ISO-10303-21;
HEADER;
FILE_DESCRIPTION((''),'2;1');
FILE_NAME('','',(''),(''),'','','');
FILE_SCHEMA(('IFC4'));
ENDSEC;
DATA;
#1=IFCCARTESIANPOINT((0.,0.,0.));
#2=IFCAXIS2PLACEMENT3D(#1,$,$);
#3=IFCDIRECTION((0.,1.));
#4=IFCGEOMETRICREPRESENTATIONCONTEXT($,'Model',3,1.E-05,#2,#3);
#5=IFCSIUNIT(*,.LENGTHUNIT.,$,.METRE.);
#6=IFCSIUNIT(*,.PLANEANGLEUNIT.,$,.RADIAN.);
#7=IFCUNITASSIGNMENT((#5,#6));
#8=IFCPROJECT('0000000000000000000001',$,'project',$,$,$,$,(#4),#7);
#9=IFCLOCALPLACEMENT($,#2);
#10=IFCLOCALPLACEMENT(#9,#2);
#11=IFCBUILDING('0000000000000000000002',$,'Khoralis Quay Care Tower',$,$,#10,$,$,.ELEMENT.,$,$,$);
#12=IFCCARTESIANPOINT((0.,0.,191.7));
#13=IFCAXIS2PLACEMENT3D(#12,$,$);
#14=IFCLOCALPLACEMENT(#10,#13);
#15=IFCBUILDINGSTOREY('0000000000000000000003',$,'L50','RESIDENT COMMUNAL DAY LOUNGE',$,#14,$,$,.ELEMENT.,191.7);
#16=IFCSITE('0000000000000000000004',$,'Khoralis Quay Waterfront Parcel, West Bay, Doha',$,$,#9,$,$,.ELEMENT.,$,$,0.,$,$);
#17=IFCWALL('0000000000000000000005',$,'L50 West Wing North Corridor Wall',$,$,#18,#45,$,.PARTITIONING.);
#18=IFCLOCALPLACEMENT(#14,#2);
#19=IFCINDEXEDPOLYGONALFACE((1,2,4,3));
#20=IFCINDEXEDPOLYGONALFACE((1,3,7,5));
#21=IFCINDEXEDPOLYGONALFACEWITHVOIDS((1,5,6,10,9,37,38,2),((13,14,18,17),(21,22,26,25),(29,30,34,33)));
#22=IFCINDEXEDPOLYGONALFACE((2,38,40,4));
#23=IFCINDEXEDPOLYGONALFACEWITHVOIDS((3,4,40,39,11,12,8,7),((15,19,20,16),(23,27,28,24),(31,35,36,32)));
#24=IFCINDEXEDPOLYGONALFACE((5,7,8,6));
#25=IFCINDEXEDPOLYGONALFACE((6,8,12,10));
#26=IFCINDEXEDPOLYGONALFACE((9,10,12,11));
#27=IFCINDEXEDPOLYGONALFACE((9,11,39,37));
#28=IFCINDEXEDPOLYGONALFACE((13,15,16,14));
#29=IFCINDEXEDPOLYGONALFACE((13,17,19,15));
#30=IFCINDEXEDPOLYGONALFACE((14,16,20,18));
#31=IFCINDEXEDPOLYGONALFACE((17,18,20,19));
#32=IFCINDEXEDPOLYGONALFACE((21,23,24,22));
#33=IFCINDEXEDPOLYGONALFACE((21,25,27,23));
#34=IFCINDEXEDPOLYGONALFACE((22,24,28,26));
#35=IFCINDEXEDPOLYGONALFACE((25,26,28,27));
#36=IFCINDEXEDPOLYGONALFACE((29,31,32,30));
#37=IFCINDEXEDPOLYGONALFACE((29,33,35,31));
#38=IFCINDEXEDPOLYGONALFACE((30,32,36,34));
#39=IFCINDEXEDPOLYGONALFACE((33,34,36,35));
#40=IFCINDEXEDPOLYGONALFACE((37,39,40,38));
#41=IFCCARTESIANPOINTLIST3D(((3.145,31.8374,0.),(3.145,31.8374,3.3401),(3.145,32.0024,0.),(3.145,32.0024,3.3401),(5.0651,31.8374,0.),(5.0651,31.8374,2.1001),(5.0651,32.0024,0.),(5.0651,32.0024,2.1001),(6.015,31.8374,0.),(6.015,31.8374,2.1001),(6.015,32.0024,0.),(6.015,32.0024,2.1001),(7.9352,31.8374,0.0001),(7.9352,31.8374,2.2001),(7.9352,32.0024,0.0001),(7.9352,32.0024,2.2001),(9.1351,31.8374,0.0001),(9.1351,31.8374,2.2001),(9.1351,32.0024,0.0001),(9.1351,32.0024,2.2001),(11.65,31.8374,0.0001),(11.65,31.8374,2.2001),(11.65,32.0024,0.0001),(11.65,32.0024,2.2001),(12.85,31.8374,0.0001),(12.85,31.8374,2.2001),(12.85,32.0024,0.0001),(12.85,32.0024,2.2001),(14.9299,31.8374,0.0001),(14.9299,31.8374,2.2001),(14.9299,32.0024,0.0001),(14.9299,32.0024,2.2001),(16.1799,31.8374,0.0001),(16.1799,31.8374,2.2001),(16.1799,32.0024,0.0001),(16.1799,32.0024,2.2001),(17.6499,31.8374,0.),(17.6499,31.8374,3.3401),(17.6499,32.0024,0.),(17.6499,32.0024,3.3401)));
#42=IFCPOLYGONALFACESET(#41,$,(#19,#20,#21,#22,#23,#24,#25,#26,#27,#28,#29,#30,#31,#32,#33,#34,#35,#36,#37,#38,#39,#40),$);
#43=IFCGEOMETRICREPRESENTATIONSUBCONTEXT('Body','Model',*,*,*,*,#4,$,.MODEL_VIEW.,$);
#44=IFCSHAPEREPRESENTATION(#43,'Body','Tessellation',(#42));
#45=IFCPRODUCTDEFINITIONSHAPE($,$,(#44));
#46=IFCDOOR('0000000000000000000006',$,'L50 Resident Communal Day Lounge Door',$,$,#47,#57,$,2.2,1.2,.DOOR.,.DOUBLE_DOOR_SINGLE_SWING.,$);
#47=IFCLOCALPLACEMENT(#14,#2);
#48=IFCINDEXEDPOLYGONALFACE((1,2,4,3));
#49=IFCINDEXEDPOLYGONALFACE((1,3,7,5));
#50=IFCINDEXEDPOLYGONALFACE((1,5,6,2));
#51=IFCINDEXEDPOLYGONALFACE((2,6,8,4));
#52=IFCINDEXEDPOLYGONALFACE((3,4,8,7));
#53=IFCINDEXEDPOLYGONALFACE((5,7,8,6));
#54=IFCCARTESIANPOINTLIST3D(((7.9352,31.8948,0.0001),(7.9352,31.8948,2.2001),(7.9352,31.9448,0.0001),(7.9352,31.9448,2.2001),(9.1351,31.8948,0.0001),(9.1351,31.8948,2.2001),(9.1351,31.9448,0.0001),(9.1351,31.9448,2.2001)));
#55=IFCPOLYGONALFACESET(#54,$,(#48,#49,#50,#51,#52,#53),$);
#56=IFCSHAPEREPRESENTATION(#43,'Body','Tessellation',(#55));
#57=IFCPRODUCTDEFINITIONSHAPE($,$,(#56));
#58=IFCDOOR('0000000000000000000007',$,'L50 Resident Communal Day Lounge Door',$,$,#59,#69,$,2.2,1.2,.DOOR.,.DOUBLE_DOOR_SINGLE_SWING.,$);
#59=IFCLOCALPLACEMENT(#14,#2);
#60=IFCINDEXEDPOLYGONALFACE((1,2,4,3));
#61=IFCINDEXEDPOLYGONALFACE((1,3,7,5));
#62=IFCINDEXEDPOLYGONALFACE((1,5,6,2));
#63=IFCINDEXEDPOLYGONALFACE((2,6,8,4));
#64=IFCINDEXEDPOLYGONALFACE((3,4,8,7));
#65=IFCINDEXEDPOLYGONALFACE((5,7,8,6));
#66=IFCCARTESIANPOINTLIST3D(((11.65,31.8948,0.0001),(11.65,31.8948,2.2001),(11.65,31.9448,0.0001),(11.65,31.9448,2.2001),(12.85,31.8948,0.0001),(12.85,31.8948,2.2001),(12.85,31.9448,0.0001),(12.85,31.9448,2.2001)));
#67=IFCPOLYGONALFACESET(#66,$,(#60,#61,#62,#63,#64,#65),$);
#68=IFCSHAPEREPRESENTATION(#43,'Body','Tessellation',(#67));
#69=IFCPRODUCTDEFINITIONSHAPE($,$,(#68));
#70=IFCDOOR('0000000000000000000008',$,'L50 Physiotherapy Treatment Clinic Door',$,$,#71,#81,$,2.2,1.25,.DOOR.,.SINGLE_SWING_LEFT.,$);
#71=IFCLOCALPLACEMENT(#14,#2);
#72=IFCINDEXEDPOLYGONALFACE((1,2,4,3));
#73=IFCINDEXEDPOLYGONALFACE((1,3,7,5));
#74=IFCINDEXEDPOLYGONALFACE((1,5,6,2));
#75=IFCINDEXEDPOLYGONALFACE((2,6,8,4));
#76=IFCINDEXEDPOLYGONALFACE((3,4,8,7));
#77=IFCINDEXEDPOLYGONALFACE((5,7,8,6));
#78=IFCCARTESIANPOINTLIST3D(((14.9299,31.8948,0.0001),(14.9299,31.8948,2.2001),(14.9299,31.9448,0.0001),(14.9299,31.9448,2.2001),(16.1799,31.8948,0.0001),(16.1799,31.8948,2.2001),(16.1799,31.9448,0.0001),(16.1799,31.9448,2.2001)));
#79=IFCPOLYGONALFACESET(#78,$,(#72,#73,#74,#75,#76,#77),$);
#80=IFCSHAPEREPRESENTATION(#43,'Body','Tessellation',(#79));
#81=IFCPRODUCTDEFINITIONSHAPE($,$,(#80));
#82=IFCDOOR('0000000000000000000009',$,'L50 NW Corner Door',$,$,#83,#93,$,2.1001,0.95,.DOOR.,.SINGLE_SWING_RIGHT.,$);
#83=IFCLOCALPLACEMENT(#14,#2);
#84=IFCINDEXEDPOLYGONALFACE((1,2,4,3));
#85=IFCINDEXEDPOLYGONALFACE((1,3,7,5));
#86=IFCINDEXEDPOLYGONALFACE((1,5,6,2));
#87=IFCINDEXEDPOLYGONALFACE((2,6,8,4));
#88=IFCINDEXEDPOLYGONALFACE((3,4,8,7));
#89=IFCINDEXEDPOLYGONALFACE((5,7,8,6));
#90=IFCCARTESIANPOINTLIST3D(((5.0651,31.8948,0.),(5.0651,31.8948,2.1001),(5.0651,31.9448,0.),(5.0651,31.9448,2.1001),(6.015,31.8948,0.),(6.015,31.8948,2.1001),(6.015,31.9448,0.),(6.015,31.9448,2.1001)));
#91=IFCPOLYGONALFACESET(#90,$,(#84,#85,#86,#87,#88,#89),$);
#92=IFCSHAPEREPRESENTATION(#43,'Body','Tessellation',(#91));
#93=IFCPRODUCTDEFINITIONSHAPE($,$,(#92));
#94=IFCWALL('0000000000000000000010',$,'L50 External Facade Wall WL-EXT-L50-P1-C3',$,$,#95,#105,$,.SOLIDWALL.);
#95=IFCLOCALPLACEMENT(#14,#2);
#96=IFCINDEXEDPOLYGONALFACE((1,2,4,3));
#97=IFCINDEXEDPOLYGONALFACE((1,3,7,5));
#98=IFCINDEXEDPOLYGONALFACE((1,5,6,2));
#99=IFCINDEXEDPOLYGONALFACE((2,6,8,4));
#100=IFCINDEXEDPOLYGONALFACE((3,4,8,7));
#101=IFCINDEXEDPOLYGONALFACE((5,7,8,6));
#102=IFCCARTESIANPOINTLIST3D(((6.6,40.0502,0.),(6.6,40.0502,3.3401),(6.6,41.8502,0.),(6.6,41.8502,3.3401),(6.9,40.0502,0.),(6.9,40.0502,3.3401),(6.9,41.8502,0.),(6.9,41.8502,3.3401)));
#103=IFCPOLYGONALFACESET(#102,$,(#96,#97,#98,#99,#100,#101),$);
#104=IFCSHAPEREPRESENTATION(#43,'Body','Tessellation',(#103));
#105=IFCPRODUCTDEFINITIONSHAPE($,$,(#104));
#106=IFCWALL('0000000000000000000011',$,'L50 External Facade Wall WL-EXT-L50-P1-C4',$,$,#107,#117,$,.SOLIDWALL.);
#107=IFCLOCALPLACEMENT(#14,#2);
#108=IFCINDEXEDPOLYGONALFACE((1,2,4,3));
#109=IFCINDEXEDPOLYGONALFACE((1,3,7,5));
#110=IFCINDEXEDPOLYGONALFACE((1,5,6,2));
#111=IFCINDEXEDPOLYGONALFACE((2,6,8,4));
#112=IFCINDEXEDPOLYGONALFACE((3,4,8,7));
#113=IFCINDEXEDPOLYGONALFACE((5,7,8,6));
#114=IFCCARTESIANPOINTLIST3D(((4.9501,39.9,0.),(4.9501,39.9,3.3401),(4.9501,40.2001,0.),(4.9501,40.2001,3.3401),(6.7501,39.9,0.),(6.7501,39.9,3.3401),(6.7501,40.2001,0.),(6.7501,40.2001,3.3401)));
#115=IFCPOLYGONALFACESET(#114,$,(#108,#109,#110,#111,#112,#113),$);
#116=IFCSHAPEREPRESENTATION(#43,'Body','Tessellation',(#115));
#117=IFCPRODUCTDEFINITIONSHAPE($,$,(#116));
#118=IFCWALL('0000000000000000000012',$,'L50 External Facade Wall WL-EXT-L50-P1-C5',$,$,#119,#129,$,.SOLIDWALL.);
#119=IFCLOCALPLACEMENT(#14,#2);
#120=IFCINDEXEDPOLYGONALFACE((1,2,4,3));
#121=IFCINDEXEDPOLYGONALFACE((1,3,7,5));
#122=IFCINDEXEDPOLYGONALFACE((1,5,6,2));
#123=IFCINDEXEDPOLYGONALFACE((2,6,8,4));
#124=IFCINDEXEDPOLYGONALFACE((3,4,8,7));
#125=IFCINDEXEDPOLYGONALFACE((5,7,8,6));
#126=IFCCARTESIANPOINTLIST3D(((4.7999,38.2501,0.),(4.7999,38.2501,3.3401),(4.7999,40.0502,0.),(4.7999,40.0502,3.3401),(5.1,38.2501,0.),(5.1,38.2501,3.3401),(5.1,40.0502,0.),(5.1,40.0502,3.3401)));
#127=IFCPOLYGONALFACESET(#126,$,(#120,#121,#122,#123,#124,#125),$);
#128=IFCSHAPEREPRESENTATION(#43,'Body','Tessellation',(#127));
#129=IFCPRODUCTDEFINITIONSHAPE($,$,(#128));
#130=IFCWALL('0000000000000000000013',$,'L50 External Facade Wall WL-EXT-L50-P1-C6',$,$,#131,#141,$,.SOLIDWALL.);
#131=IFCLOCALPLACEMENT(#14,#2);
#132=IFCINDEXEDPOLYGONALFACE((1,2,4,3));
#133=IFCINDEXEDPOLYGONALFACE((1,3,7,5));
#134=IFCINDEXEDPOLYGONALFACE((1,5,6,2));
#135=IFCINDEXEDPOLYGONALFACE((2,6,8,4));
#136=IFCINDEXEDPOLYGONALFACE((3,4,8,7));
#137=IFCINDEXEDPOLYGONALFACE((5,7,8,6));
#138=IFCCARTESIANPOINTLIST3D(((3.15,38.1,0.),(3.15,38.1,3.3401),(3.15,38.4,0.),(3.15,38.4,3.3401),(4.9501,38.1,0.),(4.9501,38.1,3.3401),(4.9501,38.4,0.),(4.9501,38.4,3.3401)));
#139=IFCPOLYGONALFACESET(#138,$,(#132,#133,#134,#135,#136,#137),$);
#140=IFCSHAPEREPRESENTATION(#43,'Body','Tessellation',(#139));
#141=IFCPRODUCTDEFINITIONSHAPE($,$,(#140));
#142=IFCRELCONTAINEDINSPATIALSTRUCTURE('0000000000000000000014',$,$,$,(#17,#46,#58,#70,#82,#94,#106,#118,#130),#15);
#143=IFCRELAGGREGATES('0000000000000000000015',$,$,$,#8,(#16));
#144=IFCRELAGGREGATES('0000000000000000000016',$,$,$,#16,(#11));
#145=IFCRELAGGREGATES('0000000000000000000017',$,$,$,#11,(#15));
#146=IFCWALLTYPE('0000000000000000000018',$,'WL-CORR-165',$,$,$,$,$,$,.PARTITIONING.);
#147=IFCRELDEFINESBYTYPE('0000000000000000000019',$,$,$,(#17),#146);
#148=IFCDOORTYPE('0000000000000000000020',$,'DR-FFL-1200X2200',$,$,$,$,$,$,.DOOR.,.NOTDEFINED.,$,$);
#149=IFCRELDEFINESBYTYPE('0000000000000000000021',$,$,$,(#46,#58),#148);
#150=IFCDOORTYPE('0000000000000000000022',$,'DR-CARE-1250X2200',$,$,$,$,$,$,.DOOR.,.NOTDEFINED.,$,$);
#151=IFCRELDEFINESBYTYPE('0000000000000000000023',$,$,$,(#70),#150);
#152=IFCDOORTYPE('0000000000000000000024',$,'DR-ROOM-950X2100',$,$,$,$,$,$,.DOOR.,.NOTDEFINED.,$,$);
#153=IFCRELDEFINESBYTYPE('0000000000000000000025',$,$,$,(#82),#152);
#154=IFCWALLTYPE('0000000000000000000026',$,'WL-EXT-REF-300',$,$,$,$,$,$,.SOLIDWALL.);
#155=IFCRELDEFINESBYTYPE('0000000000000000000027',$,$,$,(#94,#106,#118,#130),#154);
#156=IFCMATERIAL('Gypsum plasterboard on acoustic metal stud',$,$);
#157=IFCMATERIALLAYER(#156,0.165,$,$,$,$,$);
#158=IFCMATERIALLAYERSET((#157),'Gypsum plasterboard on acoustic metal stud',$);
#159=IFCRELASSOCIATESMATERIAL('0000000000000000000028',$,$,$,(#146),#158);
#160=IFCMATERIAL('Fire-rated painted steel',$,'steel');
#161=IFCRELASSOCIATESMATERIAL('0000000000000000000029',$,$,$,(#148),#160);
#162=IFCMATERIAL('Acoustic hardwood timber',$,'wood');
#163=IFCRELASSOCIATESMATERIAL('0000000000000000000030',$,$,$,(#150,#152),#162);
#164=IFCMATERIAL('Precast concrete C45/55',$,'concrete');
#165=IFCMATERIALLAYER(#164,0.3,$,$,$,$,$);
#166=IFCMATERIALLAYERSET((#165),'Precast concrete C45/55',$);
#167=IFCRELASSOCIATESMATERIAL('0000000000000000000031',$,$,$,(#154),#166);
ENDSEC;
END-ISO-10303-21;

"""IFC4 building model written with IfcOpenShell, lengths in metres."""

from ifc_helpers import new_model, si_unit, direction, frame, frame_2d, origin, place, context, subcontext, project, spatial, rectangle, extrude, source, transform, mapped, material, layer, layer_set, type_object, element, fill, save


model = new_model("IFC4")

# Units and contexts
model_context = context("Model", 3, precision=1e-05, world=origin(), true_north=direction((0.0, 1.0)))
body_context = subcontext(model_context, "Body", "Model", "MODEL_VIEW")
ifc_project = project(units=[si_unit("LENGTHUNIT", "METRE"), si_unit("PLANEANGLEUNIT", "RADIAN")], contexts=[model_context])

# Site, building, storey
site_placement = place(None, origin())
site = spatial("IfcSite", under=ifc_project, at=site_placement, Name="Khoralis Quay Waterfront Parcel, West Bay, Doha", CompositionType="ELEMENT", RefElevation=0.0)
building_placement = place(site_placement, origin())
building = spatial("IfcBuilding", under=site, at=building_placement, Name="Khoralis Quay Care Tower", CompositionType="ELEMENT")
storey_placement = place(building_placement, frame((0.0, 0.0, 191.7)))
storey = spatial("IfcBuildingStorey", under=building, at=storey_placement, Name="L50", Description="RESIDENT COMMUNAL DAY LOUNGE", CompositionType="ELEMENT", Elevation=191.7)

# Wall, openings, doors
ifc_material_1 = material(Name="Gypsum plasterboard on acoustic metal stud")
ifc_layer_1 = layer(ifc_material_1, 0.165)
ifc_layer_set_1 = layer_set([ifc_layer_1], Name="Gypsum plasterboard on acoustic metal stud")
wall_type_1 = type_object("IfcWallType", Name="WL-CORR-165", PredefinedType="PARTITIONING", material=ifc_layer_set_1)
wall_1_placement = place(storey_placement, frame((3.145, 31.9199, 0.0), z_axis=(0.0, 0.0, 1.0), x_axis=(1.0, 0.0, 0.0)))
wall_1 = element("IfcWall", 1, at=wall_1_placement, inside=storey, type_object=wall_type_1, Name="L50 West Wing North Corridor Wall", PredefinedType="PARTITIONING", context=body_context, shape_type="SweptSolid", body=[
    extrude(rectangle(XDim=14.5049, YDim=0.165, at=frame_2d((7.2524, 0.0))), origin(), (0.0, 0.0, 1.0), 3.3401),
])
opening_1_placement = place(wall_1_placement, frame((4.79, 0.0, 0.0)))
opening_1 = element("IfcOpeningElement", 2, at=opening_1_placement, cuts=wall_1, PredefinedType="OPENING", context=body_context, shape_type="SweptSolid", body=[
    extrude(rectangle(XDim=1.2, YDim=2.2, at=frame_2d((0.6001, 1.1001))), frame((0.0, 0.0925, 0.0), z_axis=(0.0, -1.0, 0.0), x_axis=(1.0, 0.0, 0.0)), (0.0, 0.0, 1.0), 0.1851),
])
opening_2_placement = place(wall_1_placement, frame((8.5049, 0.0, 0.0)))
opening_2 = element("IfcOpeningElement", 3, at=opening_2_placement, cuts=wall_1, PredefinedType="OPENING", context=body_context, shape_type="SweptSolid", body=[
    extrude(rectangle(XDim=1.2, YDim=2.2, at=frame_2d((0.6001, 1.1001))), frame((0.0, 0.0925, 0.0), z_axis=(0.0, -1.0, 0.0), x_axis=(1.0, 0.0, 0.0)), (0.0, 0.0, 1.0), 0.1851),
])
opening_3_placement = place(wall_1_placement, frame((11.7849, 0.0, 0.0)))
opening_3 = element("IfcOpeningElement", 4, at=opening_3_placement, cuts=wall_1, PredefinedType="OPENING", context=body_context, shape_type="SweptSolid", body=[
    extrude(rectangle(XDim=1.25, YDim=2.2, at=frame_2d((0.625, 1.1001))), frame((0.0, 0.0925, 0.0), z_axis=(0.0, -1.0, 0.0), x_axis=(1.0, 0.0, 0.0)), (0.0, 0.0, 1.0), 0.1851),
])
opening_4_placement = place(wall_1_placement, frame((1.9199, 0.0, 0.0)))
opening_4 = element("IfcOpeningElement", 5, at=opening_4_placement, cuts=wall_1, PredefinedType="OPENING", context=body_context, shape_type="SweptSolid", body=[
    extrude(rectangle(XDim=0.95, YDim=2.1001, at=frame_2d((0.4751, 1.05))), frame((0.0, 0.0925, 0.0), z_axis=(0.0, -1.0, 0.0), x_axis=(1.0, 0.0, 0.0)), (0.0, 0.0, 1.0), 0.1851),
])
ifc_material_2 = material(Name="Fire-rated painted steel", Category="steel")
door_type_1 = type_object("IfcDoorType", Name="DR-FFL-1200X2200", OperationType="NOTDEFINED", PredefinedType="DOOR", material=ifc_material_2)
shared_shape_1 = source(origin(), body_context, "Body", "SweptSolid", [
    extrude(rectangle(XDim=1.2, YDim=2.2, at=frame_2d((0.6001, 1.1001))), frame((0.0, 0.0249, 0.0), z_axis=(0.0, -1.0, 0.0), x_axis=(1.0, 0.0, 0.0)), (0.0, 0.0, 1.0), 0.05),
])
door_1_placement = place(opening_1_placement, origin())
door_1 = element("IfcDoor", 6, at=door_1_placement, inside=storey, type_object=door_type_1, Name="L50 Resident Communal Day Lounge Door", OperationType="DOUBLE_DOOR_SINGLE_SWING", OverallHeight=2.2, OverallWidth=1.2, PredefinedType="DOOR", context=body_context, shape_type="MappedRepresentation", body=[
    mapped(shared_shape_1, transform((0.0, 0.0, 0.0), scale=1.0)),
])
fill(opening_1, door_1)
door_2_placement = place(opening_2_placement, origin())
door_2 = element("IfcDoor", 7, at=door_2_placement, inside=storey, type_object=door_type_1, Name="L50 Resident Communal Day Lounge Door", OperationType="DOUBLE_DOOR_SINGLE_SWING", OverallHeight=2.2, OverallWidth=1.2, PredefinedType="DOOR", context=body_context, shape_type="MappedRepresentation", body=[
    mapped(shared_shape_1, transform((0.0, 0.0, 0.0), scale=1.0)),
])
fill(opening_2, door_2)
ifc_material_3 = material(Name="Acoustic hardwood timber", Category="wood")
door_type_2 = type_object("IfcDoorType", Name="DR-CARE-1250X2200", OperationType="NOTDEFINED", PredefinedType="DOOR", material=ifc_material_3)
shared_shape_2 = source(origin(), body_context, "Body", "SweptSolid", [
    extrude(rectangle(XDim=1.25, YDim=2.2, at=frame_2d((0.625, 1.1001))), frame((0.0, 0.0249, 0.0), z_axis=(0.0, -1.0, 0.0), x_axis=(1.0, 0.0, 0.0)), (0.0, 0.0, 1.0), 0.05),
])
door_3_placement = place(opening_3_placement, origin())
door_3 = element("IfcDoor", 8, at=door_3_placement, inside=storey, type_object=door_type_2, Name="L50 Physiotherapy Treatment Clinic Door", OperationType="SINGLE_SWING_LEFT", OverallHeight=2.2, OverallWidth=1.25, PredefinedType="DOOR", context=body_context, shape_type="MappedRepresentation", body=[
    mapped(shared_shape_2, transform((0.0, 0.0, 0.0), scale=1.0)),
])
fill(opening_3, door_3)
door_type_3 = type_object("IfcDoorType", Name="DR-ROOM-950X2100", OperationType="NOTDEFINED", PredefinedType="DOOR", material=ifc_material_3)
shared_shape_3 = source(origin(), body_context, "Body", "SweptSolid", [
    extrude(rectangle(XDim=0.95, YDim=2.1001, at=frame_2d((0.4751, 1.05))), frame((0.0, 0.0249, 0.0), z_axis=(0.0, -1.0, 0.0), x_axis=(1.0, 0.0, 0.0)), (0.0, 0.0, 1.0), 0.05),
])
door_4_placement = place(opening_4_placement, origin())
door_4 = element("IfcDoor", 9, at=door_4_placement, inside=storey, type_object=door_type_3, Name="L50 NW Corner Door", OperationType="SINGLE_SWING_RIGHT", OverallHeight=2.1001, OverallWidth=0.95, PredefinedType="DOOR", context=body_context, shape_type="MappedRepresentation", body=[
    mapped(shared_shape_3, transform((0.0, 0.0, 0.0), scale=1.0)),
])
fill(opening_4, door_4)

# Walls
ifc_material_4 = material(Name="Precast concrete C45/55", Category="concrete")
ifc_layer_2 = layer(ifc_material_4, 0.3)
ifc_layer_set_2 = layer_set([ifc_layer_2], Name="Precast concrete C45/55")
wall_type_2 = type_object("IfcWallType", Name="WL-EXT-REF-300", PredefinedType="SOLIDWALL", material=ifc_layer_set_2)
for number, where, z_axis, x_axis, name in (
    (10, (6.75, 41.8501, 0.0), (0.0, 0.0, 1.0), (0.0, -1.0, 0.0), "L50 External Facade Wall WL-EXT-L50-P1-C3"),
    (11, (6.75, 40.05, 0.0), (0.0, 0.0, 1.0), (-1.0, 0.0, 0.0), "L50 External Facade Wall WL-EXT-L50-P1-C4"),
    (12, (4.95, 40.05, 0.0), (0.0, 0.0, 1.0), (0.0, -1.0, 0.0), "L50 External Facade Wall WL-EXT-L50-P1-C5"),
    (13, (4.95, 38.25, 0.0), (0.0, 0.0, 1.0), (-1.0, 0.0, 0.0), "L50 External Facade Wall WL-EXT-L50-P1-C6"),
):
    element("IfcWall", number, at=place(storey_placement, frame(where, z_axis=z_axis, x_axis=x_axis)), inside=storey, type_object=wall_type_2, Name=name, PredefinedType="SOLIDWALL", context=body_context, shape_type="SweptSolid", body=[
        extrude(rectangle(XDim=1.8, YDim=0.3, at=frame_2d((0.8999, 0.0))), origin(), (0.0, 0.0, 1.0), 3.3401),
    ])

save(model, "model.ifc")
